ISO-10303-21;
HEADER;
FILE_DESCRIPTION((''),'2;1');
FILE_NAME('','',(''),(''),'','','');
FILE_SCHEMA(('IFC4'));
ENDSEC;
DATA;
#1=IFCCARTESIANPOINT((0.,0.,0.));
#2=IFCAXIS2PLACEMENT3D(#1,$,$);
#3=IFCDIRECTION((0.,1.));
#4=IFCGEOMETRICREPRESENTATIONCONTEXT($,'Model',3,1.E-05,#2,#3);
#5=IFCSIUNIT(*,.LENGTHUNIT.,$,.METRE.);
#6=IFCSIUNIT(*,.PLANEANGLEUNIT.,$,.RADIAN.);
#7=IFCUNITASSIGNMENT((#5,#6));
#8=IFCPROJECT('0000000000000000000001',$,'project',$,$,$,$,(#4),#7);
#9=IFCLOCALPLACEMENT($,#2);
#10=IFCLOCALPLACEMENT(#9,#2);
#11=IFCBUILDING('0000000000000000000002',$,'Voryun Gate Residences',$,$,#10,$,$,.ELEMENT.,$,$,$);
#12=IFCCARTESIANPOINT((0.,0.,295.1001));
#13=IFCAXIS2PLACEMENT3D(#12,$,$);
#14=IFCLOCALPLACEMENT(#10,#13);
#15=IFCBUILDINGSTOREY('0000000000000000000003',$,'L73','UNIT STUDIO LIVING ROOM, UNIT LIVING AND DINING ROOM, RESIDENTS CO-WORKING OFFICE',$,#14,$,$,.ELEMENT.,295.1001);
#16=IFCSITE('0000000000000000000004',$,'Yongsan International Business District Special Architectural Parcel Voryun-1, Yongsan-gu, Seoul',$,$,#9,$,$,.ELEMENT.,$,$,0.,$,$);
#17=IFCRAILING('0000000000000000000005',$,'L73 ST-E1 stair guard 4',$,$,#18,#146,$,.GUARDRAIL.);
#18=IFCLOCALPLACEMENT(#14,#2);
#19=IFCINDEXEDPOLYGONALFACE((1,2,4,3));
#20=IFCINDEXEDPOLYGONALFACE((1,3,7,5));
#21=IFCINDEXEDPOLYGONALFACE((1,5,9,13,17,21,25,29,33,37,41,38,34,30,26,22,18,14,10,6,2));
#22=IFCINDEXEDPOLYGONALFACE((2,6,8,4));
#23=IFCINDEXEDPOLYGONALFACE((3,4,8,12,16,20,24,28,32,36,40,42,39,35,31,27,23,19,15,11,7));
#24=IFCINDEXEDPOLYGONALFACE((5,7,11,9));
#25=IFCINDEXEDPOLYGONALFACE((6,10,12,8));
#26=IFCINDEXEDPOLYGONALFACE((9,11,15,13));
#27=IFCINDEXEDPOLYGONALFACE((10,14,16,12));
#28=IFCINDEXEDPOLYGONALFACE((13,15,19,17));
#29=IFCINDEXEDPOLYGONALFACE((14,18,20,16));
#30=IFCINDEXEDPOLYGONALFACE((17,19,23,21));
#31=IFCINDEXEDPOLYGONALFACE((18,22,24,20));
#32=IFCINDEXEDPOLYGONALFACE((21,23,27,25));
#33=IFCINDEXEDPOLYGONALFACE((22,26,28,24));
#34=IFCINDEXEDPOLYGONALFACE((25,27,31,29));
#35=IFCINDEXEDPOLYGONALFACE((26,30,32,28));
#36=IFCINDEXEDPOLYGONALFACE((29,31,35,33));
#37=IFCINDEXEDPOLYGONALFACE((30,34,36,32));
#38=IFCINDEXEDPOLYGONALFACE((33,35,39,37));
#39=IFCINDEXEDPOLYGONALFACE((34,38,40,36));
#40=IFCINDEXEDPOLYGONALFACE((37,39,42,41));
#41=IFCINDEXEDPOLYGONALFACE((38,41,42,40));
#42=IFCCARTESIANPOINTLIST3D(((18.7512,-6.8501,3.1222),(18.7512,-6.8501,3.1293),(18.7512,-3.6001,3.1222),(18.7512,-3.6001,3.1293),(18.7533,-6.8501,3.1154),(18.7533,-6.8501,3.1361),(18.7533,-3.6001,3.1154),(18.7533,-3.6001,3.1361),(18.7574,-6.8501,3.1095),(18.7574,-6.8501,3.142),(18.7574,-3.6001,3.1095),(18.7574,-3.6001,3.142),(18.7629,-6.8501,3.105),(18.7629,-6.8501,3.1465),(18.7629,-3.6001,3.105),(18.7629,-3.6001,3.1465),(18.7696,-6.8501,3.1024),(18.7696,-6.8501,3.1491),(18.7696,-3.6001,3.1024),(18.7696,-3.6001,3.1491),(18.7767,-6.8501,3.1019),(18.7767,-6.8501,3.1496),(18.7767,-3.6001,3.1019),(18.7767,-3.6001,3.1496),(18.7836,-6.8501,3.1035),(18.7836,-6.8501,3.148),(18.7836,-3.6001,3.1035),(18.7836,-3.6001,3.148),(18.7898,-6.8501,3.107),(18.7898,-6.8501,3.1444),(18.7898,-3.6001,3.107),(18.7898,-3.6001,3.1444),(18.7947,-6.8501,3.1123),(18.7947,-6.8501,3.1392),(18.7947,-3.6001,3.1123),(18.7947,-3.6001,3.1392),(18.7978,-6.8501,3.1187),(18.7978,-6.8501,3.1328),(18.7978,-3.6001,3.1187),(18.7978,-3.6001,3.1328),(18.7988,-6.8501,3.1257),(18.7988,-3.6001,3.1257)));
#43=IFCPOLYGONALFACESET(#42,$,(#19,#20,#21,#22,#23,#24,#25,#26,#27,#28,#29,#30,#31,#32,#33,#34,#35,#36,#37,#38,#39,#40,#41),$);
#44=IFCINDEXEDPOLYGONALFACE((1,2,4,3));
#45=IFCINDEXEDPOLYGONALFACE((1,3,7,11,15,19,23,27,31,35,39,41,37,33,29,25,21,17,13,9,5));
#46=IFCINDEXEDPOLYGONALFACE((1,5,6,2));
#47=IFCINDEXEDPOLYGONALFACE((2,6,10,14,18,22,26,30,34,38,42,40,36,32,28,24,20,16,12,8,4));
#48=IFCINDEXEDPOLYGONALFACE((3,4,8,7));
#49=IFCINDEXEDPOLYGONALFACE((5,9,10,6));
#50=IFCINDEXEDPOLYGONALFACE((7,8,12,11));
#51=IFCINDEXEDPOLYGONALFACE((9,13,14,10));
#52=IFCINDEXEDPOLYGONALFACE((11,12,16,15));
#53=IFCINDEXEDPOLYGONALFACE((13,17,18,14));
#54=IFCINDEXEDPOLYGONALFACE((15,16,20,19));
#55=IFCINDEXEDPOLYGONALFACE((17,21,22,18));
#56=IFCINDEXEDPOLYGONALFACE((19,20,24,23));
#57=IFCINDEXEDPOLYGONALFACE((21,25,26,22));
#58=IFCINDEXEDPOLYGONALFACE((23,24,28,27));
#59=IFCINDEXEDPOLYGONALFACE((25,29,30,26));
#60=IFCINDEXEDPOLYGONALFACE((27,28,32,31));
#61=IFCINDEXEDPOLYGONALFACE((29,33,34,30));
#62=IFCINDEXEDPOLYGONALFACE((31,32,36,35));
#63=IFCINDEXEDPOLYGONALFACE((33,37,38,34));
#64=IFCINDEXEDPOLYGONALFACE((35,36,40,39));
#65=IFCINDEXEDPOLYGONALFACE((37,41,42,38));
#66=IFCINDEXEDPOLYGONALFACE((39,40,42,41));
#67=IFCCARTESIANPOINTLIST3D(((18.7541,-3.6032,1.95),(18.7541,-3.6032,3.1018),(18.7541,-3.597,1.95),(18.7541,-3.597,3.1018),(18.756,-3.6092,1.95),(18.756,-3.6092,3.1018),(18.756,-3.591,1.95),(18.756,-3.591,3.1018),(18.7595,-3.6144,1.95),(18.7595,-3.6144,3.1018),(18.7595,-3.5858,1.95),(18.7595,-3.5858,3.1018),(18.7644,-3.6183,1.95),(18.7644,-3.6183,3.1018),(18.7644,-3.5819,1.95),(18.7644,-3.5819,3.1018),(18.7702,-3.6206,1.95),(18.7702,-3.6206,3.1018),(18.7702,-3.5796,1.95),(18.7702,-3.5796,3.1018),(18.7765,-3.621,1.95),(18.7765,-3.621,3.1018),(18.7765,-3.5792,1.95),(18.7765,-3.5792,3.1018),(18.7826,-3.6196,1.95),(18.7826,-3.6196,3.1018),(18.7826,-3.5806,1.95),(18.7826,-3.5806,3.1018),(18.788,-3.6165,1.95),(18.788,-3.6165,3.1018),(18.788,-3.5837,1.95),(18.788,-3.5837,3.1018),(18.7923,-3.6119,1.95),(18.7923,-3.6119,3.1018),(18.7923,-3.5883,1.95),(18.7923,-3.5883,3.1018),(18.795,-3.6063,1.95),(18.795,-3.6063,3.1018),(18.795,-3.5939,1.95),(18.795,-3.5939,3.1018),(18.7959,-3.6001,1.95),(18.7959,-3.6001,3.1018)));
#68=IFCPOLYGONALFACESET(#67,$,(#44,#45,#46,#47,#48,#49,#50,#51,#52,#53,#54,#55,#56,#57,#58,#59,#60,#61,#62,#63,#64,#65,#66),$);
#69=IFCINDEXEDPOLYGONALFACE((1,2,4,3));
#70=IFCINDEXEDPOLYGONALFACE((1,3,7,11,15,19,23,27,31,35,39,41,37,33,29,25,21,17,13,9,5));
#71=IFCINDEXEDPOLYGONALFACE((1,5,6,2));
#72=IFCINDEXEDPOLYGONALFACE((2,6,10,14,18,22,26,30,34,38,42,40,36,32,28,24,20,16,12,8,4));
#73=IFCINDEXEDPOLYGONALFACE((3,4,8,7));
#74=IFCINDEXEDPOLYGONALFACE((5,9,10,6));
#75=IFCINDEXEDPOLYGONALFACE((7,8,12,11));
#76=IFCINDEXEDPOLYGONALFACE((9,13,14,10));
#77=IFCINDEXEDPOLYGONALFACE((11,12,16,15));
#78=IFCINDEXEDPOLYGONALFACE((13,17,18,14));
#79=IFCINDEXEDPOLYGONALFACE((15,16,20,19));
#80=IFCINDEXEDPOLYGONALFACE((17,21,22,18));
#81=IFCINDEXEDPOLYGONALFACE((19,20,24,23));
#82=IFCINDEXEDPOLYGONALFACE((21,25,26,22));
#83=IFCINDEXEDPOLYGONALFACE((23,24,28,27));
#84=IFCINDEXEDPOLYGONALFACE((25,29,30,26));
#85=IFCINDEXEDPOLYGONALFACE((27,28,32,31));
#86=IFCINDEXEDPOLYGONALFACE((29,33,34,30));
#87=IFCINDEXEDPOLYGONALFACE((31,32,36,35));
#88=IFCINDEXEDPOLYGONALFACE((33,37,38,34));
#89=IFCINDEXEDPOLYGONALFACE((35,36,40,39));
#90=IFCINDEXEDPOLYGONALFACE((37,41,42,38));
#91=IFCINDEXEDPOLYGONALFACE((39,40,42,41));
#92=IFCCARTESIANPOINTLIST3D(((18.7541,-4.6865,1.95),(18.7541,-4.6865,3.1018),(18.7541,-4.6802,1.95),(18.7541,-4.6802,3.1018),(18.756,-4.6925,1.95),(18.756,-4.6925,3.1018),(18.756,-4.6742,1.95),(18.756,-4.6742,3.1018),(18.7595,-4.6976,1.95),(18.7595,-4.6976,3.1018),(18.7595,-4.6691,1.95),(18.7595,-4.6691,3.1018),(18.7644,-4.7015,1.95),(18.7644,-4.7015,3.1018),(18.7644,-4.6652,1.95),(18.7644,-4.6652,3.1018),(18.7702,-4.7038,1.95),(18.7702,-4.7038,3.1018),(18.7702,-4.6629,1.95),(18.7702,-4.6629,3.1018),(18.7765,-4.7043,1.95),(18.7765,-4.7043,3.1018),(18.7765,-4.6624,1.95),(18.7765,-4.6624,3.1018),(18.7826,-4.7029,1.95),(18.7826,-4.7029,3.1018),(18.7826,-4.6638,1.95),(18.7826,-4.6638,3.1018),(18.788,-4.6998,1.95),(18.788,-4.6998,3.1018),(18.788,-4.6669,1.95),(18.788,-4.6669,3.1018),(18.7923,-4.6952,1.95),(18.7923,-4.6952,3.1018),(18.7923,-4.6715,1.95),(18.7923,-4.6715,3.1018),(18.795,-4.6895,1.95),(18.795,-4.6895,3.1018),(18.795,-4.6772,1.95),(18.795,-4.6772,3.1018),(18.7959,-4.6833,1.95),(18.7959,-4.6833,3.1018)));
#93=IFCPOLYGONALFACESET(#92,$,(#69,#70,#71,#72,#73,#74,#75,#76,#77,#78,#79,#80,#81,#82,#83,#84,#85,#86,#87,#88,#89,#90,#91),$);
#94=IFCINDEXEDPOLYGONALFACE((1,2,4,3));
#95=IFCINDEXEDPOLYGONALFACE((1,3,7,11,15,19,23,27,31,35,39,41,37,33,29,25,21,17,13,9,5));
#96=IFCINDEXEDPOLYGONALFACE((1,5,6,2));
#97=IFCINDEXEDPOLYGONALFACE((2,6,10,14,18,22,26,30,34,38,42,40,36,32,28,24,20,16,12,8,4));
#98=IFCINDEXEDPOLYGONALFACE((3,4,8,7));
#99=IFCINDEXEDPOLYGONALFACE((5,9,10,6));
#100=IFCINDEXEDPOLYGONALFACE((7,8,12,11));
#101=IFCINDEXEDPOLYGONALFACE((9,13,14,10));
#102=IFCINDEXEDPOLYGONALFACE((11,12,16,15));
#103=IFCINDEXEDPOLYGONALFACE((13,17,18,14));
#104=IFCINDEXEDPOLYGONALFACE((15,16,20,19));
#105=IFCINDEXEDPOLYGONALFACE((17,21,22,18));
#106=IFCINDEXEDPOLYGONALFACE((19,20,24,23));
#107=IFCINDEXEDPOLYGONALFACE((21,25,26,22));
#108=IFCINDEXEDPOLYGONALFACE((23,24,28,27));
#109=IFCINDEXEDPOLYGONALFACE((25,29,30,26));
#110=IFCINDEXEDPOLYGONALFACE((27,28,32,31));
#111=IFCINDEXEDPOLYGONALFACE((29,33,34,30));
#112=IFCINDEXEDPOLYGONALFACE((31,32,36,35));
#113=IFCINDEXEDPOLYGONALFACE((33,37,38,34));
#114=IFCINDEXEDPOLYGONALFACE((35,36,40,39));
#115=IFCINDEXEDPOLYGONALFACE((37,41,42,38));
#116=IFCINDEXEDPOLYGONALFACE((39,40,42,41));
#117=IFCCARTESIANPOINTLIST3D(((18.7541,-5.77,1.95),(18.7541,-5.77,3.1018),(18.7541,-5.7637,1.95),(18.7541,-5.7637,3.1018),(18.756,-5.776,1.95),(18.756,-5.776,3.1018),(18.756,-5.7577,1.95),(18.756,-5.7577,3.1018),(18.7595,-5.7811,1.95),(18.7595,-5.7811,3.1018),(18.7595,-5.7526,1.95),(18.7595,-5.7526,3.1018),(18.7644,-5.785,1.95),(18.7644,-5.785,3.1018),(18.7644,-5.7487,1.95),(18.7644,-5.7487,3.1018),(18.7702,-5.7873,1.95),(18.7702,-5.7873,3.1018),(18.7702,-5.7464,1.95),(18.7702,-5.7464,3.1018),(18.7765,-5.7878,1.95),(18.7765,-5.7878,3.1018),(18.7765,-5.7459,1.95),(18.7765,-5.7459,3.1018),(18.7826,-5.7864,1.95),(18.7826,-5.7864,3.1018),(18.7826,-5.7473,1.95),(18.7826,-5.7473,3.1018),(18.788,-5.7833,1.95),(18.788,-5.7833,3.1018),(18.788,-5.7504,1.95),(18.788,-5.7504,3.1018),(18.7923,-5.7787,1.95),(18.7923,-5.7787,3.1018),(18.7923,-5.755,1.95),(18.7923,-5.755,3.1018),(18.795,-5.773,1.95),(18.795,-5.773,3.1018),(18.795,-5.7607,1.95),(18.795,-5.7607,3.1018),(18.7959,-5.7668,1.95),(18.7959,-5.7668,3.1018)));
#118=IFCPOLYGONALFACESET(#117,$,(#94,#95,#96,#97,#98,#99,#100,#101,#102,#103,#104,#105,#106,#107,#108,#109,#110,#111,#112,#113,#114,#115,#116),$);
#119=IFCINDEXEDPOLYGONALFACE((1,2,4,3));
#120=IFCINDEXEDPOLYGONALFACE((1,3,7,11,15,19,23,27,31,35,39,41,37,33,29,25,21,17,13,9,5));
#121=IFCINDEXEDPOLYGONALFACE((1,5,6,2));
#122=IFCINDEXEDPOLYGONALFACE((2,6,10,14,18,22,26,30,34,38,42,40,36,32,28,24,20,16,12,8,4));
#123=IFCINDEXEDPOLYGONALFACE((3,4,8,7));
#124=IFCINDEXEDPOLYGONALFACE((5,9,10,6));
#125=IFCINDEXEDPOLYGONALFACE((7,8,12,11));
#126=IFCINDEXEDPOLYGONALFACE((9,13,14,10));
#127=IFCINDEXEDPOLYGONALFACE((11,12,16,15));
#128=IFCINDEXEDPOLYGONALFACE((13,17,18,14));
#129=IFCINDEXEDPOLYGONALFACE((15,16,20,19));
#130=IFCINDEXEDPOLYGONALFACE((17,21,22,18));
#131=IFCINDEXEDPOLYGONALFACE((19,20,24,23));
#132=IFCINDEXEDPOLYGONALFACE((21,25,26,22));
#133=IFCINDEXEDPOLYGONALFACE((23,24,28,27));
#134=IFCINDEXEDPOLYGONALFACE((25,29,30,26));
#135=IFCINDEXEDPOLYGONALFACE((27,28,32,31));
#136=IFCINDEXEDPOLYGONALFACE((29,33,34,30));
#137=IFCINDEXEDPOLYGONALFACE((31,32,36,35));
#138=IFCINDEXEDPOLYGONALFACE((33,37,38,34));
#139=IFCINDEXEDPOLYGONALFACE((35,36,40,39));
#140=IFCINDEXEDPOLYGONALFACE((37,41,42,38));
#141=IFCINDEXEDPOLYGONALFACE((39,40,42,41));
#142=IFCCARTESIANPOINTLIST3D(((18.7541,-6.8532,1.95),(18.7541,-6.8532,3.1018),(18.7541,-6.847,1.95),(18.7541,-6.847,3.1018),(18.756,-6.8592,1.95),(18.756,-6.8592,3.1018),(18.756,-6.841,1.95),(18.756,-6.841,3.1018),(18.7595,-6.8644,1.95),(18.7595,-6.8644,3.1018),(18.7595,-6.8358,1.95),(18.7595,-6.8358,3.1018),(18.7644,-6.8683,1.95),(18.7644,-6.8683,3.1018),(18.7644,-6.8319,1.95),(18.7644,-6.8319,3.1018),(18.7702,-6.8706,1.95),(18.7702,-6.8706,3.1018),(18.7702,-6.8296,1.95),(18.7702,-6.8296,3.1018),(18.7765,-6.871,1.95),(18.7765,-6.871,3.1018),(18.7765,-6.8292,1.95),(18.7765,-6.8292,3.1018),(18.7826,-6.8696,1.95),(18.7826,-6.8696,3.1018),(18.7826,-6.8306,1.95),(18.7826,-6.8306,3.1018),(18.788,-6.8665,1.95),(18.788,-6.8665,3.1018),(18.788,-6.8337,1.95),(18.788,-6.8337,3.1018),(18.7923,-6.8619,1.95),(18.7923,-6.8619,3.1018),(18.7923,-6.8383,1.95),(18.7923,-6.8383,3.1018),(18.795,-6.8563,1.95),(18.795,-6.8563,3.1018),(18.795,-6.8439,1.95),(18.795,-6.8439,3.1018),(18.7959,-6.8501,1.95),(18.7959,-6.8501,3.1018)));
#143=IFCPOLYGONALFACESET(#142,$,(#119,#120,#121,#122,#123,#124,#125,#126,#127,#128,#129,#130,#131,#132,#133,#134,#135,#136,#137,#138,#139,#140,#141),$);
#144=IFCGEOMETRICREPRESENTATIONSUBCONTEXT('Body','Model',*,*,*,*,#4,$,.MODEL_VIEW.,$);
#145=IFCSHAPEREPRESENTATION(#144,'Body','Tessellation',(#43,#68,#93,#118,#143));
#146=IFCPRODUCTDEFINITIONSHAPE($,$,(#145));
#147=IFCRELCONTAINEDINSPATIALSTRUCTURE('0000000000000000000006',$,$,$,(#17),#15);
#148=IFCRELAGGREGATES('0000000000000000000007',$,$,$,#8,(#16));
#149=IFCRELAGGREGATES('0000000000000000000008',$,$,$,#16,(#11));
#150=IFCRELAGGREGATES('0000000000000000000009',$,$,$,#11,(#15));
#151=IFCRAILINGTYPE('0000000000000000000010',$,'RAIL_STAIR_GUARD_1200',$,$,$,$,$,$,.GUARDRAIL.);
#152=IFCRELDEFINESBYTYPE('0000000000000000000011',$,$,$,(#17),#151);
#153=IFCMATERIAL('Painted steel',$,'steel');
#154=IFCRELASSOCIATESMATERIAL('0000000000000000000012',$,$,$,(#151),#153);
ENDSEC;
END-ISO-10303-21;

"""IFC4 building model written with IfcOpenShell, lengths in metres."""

from ifc_helpers import new_model, si_unit, direction, frame, origin, origin_2d, place, context, subcontext, project, spatial, circle, extrude, material, type_object, element, save


model = new_model("IFC4")

# Units and contexts
model_context = context("Model", 3, precision=1e-05, world=origin(), true_north=direction((0.0, 1.0)))
body_context = subcontext(model_context, "Body", "Model", "MODEL_VIEW")
ifc_project = project(units=[si_unit("LENGTHUNIT", "METRE"), si_unit("PLANEANGLEUNIT", "RADIAN")], contexts=[model_context])

# Site, building, storey
site_placement = place(None, origin())
site = spatial("IfcSite", under=ifc_project, at=site_placement, Name="Yongsan International Business District Special Architectural Parcel Voryun-1, Yongsan-gu, Seoul", CompositionType="ELEMENT", RefElevation=0.0)
building_placement = place(site_placement, origin())
building = spatial("IfcBuilding", under=site, at=building_placement, Name="Voryun Gate Residences", CompositionType="ELEMENT")
storey_placement = place(building_placement, frame((0.0, 0.0, 295.1001)))
storey = spatial("IfcBuildingStorey", under=building, at=storey_placement, Name="L73", Description="UNIT STUDIO LIVING ROOM, UNIT LIVING AND DINING ROOM, RESIDENTS CO-WORKING OFFICE", CompositionType="ELEMENT", Elevation=295.1001)

# Railing
ifc_material_1 = material(Name="Painted steel", Category="steel")
railing_type_1 = type_object("IfcRailingType", Name="RAIL_STAIR_GUARD_1200", PredefinedType="GUARDRAIL", material=ifc_material_1)
for number, where, name in (
    (1, (18.7749, -3.6001, 1.95), "L73 ST-E1 stair guard 4"),
):
    element("IfcRailing", number, at=place(storey_placement, frame(where)), inside=storey, type_object=railing_type_1, Name=name, PredefinedType="GUARDRAIL", context=body_context, shape_type="SweptSolid", body=[
        extrude(circle(Radius=0.0239, at=origin_2d()), frame((0.0, 0.0, 1.1758), z_axis=(0.0, -1.0, 0.0), x_axis=(1.0, 0.0, 0.0)), (0.0, 0.0, 1.0), 3.25),
        extrude(circle(Radius=0.021, at=origin_2d()), origin(), (0.0, 0.0, 1.0), 1.1519),
        extrude(circle(Radius=0.021, at=origin_2d()), frame((0.0, -1.0833, 0.0)), (0.0, 0.0, 1.0), 1.1519),
        extrude(circle(Radius=0.021, at=origin_2d()), frame((0.0, -2.1667, 0.0)), (0.0, 0.0, 1.0), 1.1519),
        extrude(circle(Radius=0.021, at=origin_2d()), frame((0.0, -3.25, 0.0)), (0.0, 0.0, 1.0), 1.1519),
    ])

save(model, "model.ifc")
